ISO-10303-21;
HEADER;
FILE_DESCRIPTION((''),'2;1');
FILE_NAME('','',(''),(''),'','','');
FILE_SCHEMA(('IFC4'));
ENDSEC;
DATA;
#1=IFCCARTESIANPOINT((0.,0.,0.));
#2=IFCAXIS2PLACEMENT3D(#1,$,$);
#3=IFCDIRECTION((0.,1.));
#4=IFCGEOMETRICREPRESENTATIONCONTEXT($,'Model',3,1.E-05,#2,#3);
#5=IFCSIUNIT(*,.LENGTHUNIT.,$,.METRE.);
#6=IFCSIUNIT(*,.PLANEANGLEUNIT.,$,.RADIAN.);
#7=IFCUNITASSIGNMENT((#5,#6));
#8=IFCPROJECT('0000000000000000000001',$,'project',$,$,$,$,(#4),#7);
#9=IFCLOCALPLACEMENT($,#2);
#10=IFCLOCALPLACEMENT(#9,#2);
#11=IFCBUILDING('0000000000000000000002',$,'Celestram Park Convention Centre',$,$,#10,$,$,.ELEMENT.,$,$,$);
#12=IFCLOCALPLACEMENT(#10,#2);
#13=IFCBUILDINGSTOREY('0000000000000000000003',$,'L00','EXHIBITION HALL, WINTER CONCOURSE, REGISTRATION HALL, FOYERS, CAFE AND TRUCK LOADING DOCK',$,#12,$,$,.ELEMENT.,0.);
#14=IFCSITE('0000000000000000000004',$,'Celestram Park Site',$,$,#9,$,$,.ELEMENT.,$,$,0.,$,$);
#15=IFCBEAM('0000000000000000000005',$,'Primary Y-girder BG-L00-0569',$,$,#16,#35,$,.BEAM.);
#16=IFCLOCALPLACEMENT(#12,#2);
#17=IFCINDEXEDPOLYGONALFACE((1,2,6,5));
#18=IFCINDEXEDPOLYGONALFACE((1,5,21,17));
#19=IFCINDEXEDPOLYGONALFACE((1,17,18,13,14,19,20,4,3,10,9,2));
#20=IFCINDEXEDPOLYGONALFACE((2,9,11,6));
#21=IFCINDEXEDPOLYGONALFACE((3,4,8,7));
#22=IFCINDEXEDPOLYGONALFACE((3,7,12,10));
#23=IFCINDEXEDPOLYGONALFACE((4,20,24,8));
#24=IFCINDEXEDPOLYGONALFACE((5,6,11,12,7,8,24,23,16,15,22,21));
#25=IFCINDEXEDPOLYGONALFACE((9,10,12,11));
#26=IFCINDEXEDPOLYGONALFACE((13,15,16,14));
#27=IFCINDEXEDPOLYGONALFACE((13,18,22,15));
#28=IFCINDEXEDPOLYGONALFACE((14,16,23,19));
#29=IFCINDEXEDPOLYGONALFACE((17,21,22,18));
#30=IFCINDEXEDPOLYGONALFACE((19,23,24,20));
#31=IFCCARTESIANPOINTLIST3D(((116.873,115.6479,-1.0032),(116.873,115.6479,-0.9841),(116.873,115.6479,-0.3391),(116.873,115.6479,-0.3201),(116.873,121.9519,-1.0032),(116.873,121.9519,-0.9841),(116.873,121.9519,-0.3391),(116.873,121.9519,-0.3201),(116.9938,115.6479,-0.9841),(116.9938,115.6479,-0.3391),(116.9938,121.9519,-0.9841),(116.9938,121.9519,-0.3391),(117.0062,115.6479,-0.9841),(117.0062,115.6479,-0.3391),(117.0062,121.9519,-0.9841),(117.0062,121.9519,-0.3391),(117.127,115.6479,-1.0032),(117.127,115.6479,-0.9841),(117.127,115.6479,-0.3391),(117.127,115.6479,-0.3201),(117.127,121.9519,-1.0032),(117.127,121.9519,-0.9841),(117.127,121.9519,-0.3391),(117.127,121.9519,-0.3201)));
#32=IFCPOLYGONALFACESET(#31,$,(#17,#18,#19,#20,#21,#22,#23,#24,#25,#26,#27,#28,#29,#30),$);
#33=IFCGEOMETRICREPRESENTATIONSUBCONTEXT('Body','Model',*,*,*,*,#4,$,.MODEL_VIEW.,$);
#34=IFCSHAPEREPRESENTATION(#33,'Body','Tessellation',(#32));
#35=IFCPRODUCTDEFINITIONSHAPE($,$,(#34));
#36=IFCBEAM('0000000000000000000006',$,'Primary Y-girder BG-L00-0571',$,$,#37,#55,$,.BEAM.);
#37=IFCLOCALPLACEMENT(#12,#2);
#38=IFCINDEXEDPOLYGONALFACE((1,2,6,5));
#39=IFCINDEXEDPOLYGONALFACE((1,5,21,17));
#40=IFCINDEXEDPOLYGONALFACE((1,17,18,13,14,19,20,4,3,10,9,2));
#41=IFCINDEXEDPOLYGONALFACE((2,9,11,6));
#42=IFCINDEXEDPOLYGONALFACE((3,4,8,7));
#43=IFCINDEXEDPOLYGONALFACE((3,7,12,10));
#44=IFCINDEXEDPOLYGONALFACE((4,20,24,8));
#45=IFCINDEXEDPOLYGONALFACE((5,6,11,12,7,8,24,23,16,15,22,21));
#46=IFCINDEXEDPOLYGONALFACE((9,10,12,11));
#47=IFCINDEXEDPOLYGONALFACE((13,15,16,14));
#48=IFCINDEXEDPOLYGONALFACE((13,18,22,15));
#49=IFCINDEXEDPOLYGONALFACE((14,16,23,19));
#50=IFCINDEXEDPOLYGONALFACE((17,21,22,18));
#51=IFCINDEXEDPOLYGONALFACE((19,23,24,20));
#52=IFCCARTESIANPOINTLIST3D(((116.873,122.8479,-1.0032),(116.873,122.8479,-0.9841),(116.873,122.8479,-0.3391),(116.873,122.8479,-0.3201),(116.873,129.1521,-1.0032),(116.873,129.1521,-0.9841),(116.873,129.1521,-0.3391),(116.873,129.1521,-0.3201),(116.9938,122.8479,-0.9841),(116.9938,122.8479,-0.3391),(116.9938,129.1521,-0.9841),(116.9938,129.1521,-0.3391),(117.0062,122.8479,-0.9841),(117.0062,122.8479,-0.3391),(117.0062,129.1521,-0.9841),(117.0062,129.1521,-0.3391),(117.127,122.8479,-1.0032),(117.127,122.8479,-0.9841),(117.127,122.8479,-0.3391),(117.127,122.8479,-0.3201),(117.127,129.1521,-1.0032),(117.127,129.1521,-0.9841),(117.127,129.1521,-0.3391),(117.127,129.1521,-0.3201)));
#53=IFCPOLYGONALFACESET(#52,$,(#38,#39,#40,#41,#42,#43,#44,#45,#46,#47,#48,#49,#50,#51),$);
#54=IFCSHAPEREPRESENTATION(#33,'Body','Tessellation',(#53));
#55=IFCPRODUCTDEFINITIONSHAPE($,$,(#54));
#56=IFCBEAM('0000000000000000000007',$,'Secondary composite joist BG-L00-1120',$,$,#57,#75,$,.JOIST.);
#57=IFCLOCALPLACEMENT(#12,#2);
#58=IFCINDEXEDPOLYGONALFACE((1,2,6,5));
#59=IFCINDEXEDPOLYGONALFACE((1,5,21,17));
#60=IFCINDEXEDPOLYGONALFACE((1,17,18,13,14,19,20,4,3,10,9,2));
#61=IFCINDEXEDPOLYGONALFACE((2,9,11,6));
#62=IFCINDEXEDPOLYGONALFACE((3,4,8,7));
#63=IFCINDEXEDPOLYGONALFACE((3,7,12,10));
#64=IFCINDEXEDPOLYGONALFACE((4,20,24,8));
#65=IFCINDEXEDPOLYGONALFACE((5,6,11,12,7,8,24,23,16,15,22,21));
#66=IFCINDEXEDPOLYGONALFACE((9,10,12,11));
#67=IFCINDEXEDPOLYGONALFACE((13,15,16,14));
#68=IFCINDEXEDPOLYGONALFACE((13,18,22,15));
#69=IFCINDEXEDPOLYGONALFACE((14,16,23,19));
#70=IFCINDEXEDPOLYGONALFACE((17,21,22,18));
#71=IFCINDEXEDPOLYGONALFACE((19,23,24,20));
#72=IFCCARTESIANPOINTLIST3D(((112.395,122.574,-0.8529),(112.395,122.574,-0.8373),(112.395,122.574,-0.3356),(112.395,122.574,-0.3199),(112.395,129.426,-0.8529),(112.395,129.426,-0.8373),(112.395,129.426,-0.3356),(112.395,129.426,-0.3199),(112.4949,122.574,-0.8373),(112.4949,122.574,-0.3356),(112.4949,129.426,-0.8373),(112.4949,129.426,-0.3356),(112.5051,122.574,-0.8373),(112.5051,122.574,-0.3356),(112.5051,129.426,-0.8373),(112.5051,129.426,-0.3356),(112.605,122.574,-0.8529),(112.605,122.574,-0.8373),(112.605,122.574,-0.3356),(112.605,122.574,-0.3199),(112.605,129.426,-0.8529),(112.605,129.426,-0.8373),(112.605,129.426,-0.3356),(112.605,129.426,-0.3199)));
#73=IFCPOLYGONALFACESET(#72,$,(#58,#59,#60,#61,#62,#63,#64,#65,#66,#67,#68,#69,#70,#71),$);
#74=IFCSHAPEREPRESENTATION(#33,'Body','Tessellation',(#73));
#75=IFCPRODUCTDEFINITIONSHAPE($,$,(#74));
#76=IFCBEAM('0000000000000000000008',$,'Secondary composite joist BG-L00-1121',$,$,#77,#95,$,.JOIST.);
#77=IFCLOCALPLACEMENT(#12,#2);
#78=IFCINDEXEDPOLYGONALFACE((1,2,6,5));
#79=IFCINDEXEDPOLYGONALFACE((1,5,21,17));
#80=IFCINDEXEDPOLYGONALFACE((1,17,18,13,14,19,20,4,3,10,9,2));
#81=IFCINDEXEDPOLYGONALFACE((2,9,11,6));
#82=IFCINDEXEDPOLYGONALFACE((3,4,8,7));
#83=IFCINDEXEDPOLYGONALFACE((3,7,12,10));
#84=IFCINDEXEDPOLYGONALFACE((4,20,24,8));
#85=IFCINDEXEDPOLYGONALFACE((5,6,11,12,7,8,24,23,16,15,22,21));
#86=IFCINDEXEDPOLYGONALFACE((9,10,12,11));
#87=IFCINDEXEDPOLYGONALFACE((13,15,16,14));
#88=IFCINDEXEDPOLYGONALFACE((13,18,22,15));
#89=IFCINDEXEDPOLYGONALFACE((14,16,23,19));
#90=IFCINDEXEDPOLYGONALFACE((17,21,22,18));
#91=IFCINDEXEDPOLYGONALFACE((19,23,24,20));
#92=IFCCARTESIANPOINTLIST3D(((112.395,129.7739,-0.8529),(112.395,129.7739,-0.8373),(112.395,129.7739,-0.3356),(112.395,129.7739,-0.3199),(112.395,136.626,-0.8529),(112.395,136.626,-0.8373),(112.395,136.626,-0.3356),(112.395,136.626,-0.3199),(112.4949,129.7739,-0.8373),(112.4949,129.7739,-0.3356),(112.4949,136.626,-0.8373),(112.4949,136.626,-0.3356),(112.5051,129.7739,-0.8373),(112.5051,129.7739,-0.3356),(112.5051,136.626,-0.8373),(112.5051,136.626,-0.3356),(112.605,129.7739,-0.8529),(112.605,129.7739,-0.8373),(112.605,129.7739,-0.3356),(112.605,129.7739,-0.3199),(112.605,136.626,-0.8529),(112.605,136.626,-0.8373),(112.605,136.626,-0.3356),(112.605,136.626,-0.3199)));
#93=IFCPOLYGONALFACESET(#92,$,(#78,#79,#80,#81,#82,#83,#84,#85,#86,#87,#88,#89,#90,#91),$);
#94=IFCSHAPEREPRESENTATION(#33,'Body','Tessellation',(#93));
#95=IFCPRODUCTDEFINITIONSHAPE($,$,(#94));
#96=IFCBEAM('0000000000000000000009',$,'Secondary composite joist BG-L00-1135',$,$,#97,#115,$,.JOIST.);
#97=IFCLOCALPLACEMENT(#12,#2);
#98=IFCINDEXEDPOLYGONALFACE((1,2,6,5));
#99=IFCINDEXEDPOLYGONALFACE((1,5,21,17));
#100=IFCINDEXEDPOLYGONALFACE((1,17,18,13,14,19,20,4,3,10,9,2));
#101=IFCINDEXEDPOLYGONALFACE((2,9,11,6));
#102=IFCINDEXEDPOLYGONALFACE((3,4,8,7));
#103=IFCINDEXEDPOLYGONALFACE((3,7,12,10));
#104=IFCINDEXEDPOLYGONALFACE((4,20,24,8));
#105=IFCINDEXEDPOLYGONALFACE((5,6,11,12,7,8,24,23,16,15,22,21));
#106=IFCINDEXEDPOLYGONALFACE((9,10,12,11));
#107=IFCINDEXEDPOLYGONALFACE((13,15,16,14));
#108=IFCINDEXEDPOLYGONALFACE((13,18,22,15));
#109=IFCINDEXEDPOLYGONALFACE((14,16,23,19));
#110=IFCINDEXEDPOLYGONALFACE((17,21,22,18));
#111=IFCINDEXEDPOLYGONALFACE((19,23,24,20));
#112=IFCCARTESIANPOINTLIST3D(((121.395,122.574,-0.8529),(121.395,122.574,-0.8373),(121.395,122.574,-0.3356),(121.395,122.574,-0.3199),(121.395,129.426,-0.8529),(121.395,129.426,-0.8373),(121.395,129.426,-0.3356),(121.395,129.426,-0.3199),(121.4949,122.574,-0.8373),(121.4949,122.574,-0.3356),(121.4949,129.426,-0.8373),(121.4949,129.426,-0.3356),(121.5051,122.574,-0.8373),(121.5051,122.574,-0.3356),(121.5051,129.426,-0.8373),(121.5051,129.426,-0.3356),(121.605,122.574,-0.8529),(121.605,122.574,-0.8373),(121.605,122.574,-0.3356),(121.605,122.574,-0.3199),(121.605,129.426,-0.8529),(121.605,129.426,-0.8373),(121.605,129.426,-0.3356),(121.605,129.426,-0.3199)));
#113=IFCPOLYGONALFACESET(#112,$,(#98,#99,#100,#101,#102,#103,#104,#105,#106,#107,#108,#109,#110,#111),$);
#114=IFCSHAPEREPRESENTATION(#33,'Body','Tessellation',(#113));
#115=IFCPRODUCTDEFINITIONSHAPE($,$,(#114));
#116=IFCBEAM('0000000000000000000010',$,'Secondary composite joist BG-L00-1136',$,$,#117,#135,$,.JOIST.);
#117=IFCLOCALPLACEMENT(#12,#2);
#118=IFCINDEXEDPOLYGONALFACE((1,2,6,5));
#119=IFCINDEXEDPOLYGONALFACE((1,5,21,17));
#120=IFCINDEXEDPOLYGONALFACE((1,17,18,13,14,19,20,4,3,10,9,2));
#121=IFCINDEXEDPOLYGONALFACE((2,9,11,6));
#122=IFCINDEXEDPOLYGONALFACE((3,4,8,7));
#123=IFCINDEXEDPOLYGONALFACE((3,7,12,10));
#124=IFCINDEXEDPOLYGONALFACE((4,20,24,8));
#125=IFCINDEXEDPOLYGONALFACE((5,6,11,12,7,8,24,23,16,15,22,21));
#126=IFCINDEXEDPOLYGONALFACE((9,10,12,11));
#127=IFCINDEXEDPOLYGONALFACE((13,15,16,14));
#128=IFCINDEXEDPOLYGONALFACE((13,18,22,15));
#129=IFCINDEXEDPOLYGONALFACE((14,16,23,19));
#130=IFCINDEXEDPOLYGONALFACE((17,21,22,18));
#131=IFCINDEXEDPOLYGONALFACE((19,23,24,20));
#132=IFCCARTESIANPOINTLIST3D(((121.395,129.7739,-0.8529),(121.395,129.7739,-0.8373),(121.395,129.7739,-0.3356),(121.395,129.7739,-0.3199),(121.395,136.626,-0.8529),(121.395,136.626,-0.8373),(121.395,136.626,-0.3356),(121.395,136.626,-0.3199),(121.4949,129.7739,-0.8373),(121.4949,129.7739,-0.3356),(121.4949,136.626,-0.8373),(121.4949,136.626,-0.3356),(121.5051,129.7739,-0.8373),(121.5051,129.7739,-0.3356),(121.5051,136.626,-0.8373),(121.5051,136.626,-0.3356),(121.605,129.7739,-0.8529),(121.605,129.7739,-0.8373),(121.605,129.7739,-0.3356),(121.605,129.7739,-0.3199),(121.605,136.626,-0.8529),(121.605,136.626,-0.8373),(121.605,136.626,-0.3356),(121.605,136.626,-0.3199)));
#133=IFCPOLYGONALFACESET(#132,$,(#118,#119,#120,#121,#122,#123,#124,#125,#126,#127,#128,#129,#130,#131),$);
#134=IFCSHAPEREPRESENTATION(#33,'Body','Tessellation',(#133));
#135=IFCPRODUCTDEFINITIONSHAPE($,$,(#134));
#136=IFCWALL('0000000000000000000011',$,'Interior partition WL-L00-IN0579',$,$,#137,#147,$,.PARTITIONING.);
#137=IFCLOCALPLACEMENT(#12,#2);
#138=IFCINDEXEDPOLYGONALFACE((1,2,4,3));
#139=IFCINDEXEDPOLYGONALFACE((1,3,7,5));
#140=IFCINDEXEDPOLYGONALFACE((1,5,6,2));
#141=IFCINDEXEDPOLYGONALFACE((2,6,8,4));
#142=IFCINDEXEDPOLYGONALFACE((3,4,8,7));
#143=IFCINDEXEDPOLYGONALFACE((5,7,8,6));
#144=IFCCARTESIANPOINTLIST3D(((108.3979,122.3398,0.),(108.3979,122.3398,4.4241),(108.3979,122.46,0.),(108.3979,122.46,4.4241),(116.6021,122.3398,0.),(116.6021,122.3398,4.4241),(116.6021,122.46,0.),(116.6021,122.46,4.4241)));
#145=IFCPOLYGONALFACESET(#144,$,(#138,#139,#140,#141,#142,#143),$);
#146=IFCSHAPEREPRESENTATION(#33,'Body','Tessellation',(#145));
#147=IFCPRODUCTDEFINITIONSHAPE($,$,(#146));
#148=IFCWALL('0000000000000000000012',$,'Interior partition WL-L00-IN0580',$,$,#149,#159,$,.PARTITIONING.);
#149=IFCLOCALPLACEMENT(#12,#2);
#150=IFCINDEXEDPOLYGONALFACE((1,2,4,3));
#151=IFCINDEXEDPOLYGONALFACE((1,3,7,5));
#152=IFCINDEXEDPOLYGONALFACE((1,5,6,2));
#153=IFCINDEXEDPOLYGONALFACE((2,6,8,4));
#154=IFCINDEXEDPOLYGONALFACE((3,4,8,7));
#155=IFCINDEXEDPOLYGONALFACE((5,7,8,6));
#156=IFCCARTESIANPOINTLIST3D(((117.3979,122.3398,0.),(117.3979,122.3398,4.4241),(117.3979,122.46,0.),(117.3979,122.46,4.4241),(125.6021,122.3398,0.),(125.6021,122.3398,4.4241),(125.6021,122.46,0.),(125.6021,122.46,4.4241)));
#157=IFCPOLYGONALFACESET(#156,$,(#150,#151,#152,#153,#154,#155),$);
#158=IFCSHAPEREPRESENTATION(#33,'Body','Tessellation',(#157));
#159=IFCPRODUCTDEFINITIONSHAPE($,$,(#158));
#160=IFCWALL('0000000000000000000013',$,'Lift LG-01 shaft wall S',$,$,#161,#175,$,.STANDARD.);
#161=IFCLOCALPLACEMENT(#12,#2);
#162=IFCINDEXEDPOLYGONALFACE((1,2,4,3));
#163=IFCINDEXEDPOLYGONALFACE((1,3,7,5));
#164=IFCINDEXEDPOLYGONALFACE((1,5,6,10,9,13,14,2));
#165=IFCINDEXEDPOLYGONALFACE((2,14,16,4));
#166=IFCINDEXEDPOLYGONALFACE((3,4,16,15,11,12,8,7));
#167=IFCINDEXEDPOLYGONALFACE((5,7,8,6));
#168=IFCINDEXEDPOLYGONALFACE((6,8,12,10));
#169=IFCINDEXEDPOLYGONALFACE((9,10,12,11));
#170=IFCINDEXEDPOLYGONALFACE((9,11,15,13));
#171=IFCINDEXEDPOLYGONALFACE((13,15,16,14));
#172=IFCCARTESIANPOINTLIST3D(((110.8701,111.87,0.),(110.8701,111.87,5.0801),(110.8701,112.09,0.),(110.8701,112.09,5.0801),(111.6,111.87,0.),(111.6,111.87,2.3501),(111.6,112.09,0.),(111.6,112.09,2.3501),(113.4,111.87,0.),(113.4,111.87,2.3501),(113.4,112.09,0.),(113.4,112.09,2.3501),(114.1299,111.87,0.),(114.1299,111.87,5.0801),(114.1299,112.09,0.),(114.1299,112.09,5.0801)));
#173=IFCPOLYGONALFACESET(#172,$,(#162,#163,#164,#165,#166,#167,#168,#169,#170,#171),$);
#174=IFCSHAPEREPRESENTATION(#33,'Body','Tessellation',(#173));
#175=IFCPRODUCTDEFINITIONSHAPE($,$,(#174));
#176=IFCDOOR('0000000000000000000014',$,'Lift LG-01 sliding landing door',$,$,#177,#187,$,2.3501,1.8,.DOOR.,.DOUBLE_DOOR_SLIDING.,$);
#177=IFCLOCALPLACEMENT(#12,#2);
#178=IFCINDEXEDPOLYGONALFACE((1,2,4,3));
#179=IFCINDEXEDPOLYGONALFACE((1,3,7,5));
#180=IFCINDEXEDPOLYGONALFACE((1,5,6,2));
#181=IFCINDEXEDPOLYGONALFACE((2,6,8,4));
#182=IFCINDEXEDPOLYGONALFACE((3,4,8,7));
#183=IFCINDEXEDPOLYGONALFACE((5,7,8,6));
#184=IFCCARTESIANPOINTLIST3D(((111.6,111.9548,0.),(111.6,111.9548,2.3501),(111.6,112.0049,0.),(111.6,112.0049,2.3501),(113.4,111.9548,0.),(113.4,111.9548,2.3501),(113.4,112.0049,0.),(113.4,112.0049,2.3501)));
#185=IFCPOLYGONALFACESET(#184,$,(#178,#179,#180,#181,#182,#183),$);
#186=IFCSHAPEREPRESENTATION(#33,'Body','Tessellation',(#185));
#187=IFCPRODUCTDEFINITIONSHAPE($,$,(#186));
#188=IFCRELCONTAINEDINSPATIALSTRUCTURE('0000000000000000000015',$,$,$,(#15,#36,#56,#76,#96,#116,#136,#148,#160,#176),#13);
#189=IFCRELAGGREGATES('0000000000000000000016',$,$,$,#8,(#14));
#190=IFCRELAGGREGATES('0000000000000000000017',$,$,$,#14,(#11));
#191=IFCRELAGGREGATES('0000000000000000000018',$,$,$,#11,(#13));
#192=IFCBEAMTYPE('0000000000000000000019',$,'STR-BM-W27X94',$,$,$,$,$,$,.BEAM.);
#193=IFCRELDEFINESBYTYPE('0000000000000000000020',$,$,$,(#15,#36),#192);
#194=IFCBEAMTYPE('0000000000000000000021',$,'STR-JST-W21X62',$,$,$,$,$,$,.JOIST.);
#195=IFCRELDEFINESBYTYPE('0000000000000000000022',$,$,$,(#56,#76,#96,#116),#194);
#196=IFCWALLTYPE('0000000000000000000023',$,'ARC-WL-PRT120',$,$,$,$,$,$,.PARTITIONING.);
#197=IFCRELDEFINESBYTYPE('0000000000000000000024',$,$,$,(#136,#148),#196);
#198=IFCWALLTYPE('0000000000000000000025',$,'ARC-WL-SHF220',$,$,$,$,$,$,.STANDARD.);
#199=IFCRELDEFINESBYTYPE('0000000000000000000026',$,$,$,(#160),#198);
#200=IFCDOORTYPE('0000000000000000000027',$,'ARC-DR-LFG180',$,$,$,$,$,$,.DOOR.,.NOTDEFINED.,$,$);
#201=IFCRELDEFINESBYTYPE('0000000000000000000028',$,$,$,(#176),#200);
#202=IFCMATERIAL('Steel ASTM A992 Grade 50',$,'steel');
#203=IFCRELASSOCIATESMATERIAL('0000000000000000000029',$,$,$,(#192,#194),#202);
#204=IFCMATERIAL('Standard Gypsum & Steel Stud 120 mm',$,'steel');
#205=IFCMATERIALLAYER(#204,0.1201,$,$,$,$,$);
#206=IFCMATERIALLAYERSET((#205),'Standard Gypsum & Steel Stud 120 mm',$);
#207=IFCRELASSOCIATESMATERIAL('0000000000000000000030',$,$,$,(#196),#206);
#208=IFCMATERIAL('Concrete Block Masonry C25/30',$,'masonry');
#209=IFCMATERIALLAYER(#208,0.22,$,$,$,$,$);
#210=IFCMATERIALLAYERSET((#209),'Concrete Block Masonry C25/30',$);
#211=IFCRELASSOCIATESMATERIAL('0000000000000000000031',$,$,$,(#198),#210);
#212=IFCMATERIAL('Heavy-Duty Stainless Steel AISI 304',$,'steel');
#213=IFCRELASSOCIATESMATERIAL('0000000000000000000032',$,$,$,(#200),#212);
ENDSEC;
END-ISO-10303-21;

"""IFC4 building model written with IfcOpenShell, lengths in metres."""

from ifc_helpers import new_model, si_unit, direction, frame, frame_2d, origin, origin_2d, place, context, subcontext, project, spatial, rectangle, i_section, extrude, material, layer, layer_set, material_profile, profile_set, type_object, element, fill, save


model = new_model("IFC4")

# Units and contexts
model_context = context("Model", 3, precision=1e-05, world=origin(), true_north=direction((0.0, 1.0)))
body_context = subcontext(model_context, "Body", "Model", "MODEL_VIEW")
ifc_project = project(units=[si_unit("LENGTHUNIT", "METRE"), si_unit("PLANEANGLEUNIT", "RADIAN")], contexts=[model_context])

# Site, building, storey
site_placement = place(None, origin())
site = spatial("IfcSite", under=ifc_project, at=site_placement, Name="Celestram Park Site", CompositionType="ELEMENT", RefElevation=0.0)
building_placement = place(site_placement, origin())
building = spatial("IfcBuilding", under=site, at=building_placement, Name="Celestram Park Convention Centre", CompositionType="ELEMENT")
storey_placement = place(building_placement, origin())
storey = spatial("IfcBuildingStorey", under=building, at=storey_placement, Name="L00", Description="EXHIBITION HALL, WINTER CONCOURSE, REGISTRATION HALL, FOYERS, CAFE AND TRUCK LOADING DOCK", CompositionType="ELEMENT", Elevation=0.0)

# Beams
ifc_material_1 = material(Name="Steel ASTM A992 Grade 50", Category="steel")
ifc_material_profile_1 = material_profile(ifc_material_1, i_section(OverallWidth=0.2539, OverallDepth=0.6831, WebThickness=0.0125, FlangeThickness=0.019, at=origin_2d()), Name="W27X94")
ifc_profile_set_1 = profile_set([ifc_material_profile_1], Name="Steel ASTM A992 Grade 50")
beam_type_1 = type_object("IfcBeamType", Name="STR-BM-W27X94", PredefinedType="BEAM", material=ifc_profile_set_1)
beam_1_placement = place(storey_placement, frame((117.0, 115.6479, -0.6616), z_axis=(0.0, 1.0, 0.0), x_axis=(-1.0, 0.0, 0.0)))
element("IfcBeam", 1, at=beam_1_placement, inside=storey, type_object=beam_type_1, Name="Primary Y-girder BG-L00-0569", PredefinedType="BEAM", context=body_context, shape_type="SweptSolid", body=[
    extrude(i_section(OverallWidth=0.2539, OverallDepth=0.6831, WebThickness=0.0125, FlangeThickness=0.019, at=origin_2d()), origin(), (0.0, 0.0, 1.0), 6.304),
])
beam_2_placement = place(storey_placement, frame((117.0, 122.8479, -0.6616), z_axis=(0.0, 1.0, 0.0), x_axis=(-1.0, 0.0, 0.0)))
element("IfcBeam", 2, at=beam_2_placement, inside=storey, type_object=beam_type_1, Name="Primary Y-girder BG-L00-0571", PredefinedType="BEAM", context=body_context, shape_type="SweptSolid", body=[
    extrude(i_section(OverallWidth=0.2539, OverallDepth=0.6831, WebThickness=0.0125, FlangeThickness=0.019, at=origin_2d()), origin(), (0.0, 0.0, 1.0), 6.3042),
])
ifc_material_profile_2 = material_profile(ifc_material_1, i_section(OverallWidth=0.21, OverallDepth=0.533, WebThickness=0.0103, FlangeThickness=0.0156, at=origin_2d()), Name="W21X62")
ifc_profile_set_2 = profile_set([ifc_material_profile_2], Name="Steel ASTM A992 Grade 50")
beam_type_2 = type_object("IfcBeamType", Name="STR-JST-W21X62", PredefinedType="JOIST", material=ifc_profile_set_2)
for number, where, z_axis, x_axis, name in (
    (3, (112.5, 122.574, -0.5864), (0.0, 1.0, 0.0), (-1.0, 0.0, 0.0), "Secondary composite joist BG-L00-1120"),
    (4, (112.5, 129.7739, -0.5864), (0.0, 1.0, 0.0), (-1.0, 0.0, 0.0), "Secondary composite joist BG-L00-1121"),
    (5, (121.5, 122.574, -0.5864), (0.0, 1.0, 0.0), (-1.0, 0.0, 0.0), "Secondary composite joist BG-L00-1135"),
    (6, (121.5, 129.7739, -0.5864), (0.0, 1.0, 0.0), (-1.0, 0.0, 0.0), "Secondary composite joist BG-L00-1136"),
):
    element("IfcBeam", number, at=place(storey_placement, frame(where, z_axis=z_axis, x_axis=x_axis)), inside=storey, type_object=beam_type_2, Name=name, PredefinedType="JOIST", context=body_context, shape_type="SweptSolid", body=[
        extrude(i_section(OverallWidth=0.21, OverallDepth=0.533, WebThickness=0.0103, FlangeThickness=0.0156, at=origin_2d()), origin(), (0.0, 0.0, 1.0), 6.8521),
    ])

# Walls
ifc_material_2 = material(Name="Standard Gypsum & Steel Stud 120 mm", Category="steel")
ifc_layer_1 = layer(ifc_material_2, 0.1201)
ifc_layer_set_1 = layer_set([ifc_layer_1], Name="Standard Gypsum & Steel Stud 120 mm")
wall_type_1 = type_object("IfcWallType", Name="ARC-WL-PRT120", PredefinedType="PARTITIONING", material=ifc_layer_set_1)
for number, where, z_axis, x_axis, name in (
    (7, (108.3979, 122.3999, 0.0), (0.0, 0.0, 1.0), (1.0, 0.0, 0.0), "Interior partition WL-L00-IN0579"),
    (8, (117.3979, 122.3999, 0.0), (0.0, 0.0, 1.0), (1.0, 0.0, 0.0), "Interior partition WL-L00-IN0580"),
):
    element("IfcWall", number, at=place(storey_placement, frame(where, z_axis=z_axis, x_axis=x_axis)), inside=storey, type_object=wall_type_1, Name=name, PredefinedType="PARTITIONING", context=body_context, shape_type="SweptSolid", body=[
        extrude(rectangle(XDim=8.2041, YDim=0.1201, at=frame_2d((4.1021, 0.0))), origin(), (0.0, 0.0, 1.0), 4.4241),
    ])

# Wall, opening, door
ifc_material_3 = material(Name="Concrete Block Masonry C25/30", Category="masonry")
ifc_layer_2 = layer(ifc_material_3, 0.22)
ifc_layer_set_2 = layer_set([ifc_layer_2], Name="Concrete Block Masonry C25/30")
wall_type_2 = type_object("IfcWallType", Name="ARC-WL-SHF220", PredefinedType="STANDARD", material=ifc_layer_set_2)
wall_1_placement = place(storey_placement, frame((110.8701, 111.98, 0.0), z_axis=(0.0, 0.0, 1.0), x_axis=(1.0, 0.0, 0.0)))
wall_1 = element("IfcWall", 9, at=wall_1_placement, inside=storey, type_object=wall_type_2, Name="Lift LG-01 shaft wall S", PredefinedType="STANDARD", context=body_context, shape_type="SweptSolid", body=[
    extrude(rectangle(XDim=3.2598, YDim=0.22, at=frame_2d((1.6299, 0.0))), origin(), (0.0, 0.0, 1.0), 5.0801),
])
opening_placement = place(wall_1_placement, frame((0.73, 0.0, 0.0)))
opening = element("IfcOpeningElement", 10, at=opening_placement, cuts=wall_1, PredefinedType="OPENING", context=body_context, shape_type="SweptSolid", body=[
    extrude(rectangle(XDim=1.8, YDim=2.3501, at=frame_2d((0.8999, 1.175))), frame((0.0, 0.1199, 0.0), z_axis=(0.0, -1.0, 0.0), x_axis=(1.0, 0.0, 0.0)), (0.0, 0.0, 1.0), 0.24),
])
ifc_material_4 = material(Name="Heavy-Duty Stainless Steel AISI 304", Category="steel")
door_type = type_object("IfcDoorType", Name="ARC-DR-LFG180", OperationType="NOTDEFINED", PredefinedType="DOOR", material=ifc_material_4)
door_placement = place(opening_placement, origin())
door = element("IfcDoor", 11, at=door_placement, inside=storey, type_object=door_type, Name="Lift LG-01 sliding landing door", OperationType="DOUBLE_DOOR_SLIDING", OverallHeight=2.3501, OverallWidth=1.8, PredefinedType="DOOR", context=body_context, shape_type="SweptSolid", body=[
    extrude(rectangle(XDim=1.8, YDim=2.3501, at=frame_2d((0.8999, 1.175))), frame((0.0, 0.0249, 0.0), z_axis=(0.0, -1.0, 0.0), x_axis=(1.0, 0.0, 0.0)), (0.0, 0.0, 1.0), 0.05),
])
fill(opening, door)

save(model, "model.ifc")
